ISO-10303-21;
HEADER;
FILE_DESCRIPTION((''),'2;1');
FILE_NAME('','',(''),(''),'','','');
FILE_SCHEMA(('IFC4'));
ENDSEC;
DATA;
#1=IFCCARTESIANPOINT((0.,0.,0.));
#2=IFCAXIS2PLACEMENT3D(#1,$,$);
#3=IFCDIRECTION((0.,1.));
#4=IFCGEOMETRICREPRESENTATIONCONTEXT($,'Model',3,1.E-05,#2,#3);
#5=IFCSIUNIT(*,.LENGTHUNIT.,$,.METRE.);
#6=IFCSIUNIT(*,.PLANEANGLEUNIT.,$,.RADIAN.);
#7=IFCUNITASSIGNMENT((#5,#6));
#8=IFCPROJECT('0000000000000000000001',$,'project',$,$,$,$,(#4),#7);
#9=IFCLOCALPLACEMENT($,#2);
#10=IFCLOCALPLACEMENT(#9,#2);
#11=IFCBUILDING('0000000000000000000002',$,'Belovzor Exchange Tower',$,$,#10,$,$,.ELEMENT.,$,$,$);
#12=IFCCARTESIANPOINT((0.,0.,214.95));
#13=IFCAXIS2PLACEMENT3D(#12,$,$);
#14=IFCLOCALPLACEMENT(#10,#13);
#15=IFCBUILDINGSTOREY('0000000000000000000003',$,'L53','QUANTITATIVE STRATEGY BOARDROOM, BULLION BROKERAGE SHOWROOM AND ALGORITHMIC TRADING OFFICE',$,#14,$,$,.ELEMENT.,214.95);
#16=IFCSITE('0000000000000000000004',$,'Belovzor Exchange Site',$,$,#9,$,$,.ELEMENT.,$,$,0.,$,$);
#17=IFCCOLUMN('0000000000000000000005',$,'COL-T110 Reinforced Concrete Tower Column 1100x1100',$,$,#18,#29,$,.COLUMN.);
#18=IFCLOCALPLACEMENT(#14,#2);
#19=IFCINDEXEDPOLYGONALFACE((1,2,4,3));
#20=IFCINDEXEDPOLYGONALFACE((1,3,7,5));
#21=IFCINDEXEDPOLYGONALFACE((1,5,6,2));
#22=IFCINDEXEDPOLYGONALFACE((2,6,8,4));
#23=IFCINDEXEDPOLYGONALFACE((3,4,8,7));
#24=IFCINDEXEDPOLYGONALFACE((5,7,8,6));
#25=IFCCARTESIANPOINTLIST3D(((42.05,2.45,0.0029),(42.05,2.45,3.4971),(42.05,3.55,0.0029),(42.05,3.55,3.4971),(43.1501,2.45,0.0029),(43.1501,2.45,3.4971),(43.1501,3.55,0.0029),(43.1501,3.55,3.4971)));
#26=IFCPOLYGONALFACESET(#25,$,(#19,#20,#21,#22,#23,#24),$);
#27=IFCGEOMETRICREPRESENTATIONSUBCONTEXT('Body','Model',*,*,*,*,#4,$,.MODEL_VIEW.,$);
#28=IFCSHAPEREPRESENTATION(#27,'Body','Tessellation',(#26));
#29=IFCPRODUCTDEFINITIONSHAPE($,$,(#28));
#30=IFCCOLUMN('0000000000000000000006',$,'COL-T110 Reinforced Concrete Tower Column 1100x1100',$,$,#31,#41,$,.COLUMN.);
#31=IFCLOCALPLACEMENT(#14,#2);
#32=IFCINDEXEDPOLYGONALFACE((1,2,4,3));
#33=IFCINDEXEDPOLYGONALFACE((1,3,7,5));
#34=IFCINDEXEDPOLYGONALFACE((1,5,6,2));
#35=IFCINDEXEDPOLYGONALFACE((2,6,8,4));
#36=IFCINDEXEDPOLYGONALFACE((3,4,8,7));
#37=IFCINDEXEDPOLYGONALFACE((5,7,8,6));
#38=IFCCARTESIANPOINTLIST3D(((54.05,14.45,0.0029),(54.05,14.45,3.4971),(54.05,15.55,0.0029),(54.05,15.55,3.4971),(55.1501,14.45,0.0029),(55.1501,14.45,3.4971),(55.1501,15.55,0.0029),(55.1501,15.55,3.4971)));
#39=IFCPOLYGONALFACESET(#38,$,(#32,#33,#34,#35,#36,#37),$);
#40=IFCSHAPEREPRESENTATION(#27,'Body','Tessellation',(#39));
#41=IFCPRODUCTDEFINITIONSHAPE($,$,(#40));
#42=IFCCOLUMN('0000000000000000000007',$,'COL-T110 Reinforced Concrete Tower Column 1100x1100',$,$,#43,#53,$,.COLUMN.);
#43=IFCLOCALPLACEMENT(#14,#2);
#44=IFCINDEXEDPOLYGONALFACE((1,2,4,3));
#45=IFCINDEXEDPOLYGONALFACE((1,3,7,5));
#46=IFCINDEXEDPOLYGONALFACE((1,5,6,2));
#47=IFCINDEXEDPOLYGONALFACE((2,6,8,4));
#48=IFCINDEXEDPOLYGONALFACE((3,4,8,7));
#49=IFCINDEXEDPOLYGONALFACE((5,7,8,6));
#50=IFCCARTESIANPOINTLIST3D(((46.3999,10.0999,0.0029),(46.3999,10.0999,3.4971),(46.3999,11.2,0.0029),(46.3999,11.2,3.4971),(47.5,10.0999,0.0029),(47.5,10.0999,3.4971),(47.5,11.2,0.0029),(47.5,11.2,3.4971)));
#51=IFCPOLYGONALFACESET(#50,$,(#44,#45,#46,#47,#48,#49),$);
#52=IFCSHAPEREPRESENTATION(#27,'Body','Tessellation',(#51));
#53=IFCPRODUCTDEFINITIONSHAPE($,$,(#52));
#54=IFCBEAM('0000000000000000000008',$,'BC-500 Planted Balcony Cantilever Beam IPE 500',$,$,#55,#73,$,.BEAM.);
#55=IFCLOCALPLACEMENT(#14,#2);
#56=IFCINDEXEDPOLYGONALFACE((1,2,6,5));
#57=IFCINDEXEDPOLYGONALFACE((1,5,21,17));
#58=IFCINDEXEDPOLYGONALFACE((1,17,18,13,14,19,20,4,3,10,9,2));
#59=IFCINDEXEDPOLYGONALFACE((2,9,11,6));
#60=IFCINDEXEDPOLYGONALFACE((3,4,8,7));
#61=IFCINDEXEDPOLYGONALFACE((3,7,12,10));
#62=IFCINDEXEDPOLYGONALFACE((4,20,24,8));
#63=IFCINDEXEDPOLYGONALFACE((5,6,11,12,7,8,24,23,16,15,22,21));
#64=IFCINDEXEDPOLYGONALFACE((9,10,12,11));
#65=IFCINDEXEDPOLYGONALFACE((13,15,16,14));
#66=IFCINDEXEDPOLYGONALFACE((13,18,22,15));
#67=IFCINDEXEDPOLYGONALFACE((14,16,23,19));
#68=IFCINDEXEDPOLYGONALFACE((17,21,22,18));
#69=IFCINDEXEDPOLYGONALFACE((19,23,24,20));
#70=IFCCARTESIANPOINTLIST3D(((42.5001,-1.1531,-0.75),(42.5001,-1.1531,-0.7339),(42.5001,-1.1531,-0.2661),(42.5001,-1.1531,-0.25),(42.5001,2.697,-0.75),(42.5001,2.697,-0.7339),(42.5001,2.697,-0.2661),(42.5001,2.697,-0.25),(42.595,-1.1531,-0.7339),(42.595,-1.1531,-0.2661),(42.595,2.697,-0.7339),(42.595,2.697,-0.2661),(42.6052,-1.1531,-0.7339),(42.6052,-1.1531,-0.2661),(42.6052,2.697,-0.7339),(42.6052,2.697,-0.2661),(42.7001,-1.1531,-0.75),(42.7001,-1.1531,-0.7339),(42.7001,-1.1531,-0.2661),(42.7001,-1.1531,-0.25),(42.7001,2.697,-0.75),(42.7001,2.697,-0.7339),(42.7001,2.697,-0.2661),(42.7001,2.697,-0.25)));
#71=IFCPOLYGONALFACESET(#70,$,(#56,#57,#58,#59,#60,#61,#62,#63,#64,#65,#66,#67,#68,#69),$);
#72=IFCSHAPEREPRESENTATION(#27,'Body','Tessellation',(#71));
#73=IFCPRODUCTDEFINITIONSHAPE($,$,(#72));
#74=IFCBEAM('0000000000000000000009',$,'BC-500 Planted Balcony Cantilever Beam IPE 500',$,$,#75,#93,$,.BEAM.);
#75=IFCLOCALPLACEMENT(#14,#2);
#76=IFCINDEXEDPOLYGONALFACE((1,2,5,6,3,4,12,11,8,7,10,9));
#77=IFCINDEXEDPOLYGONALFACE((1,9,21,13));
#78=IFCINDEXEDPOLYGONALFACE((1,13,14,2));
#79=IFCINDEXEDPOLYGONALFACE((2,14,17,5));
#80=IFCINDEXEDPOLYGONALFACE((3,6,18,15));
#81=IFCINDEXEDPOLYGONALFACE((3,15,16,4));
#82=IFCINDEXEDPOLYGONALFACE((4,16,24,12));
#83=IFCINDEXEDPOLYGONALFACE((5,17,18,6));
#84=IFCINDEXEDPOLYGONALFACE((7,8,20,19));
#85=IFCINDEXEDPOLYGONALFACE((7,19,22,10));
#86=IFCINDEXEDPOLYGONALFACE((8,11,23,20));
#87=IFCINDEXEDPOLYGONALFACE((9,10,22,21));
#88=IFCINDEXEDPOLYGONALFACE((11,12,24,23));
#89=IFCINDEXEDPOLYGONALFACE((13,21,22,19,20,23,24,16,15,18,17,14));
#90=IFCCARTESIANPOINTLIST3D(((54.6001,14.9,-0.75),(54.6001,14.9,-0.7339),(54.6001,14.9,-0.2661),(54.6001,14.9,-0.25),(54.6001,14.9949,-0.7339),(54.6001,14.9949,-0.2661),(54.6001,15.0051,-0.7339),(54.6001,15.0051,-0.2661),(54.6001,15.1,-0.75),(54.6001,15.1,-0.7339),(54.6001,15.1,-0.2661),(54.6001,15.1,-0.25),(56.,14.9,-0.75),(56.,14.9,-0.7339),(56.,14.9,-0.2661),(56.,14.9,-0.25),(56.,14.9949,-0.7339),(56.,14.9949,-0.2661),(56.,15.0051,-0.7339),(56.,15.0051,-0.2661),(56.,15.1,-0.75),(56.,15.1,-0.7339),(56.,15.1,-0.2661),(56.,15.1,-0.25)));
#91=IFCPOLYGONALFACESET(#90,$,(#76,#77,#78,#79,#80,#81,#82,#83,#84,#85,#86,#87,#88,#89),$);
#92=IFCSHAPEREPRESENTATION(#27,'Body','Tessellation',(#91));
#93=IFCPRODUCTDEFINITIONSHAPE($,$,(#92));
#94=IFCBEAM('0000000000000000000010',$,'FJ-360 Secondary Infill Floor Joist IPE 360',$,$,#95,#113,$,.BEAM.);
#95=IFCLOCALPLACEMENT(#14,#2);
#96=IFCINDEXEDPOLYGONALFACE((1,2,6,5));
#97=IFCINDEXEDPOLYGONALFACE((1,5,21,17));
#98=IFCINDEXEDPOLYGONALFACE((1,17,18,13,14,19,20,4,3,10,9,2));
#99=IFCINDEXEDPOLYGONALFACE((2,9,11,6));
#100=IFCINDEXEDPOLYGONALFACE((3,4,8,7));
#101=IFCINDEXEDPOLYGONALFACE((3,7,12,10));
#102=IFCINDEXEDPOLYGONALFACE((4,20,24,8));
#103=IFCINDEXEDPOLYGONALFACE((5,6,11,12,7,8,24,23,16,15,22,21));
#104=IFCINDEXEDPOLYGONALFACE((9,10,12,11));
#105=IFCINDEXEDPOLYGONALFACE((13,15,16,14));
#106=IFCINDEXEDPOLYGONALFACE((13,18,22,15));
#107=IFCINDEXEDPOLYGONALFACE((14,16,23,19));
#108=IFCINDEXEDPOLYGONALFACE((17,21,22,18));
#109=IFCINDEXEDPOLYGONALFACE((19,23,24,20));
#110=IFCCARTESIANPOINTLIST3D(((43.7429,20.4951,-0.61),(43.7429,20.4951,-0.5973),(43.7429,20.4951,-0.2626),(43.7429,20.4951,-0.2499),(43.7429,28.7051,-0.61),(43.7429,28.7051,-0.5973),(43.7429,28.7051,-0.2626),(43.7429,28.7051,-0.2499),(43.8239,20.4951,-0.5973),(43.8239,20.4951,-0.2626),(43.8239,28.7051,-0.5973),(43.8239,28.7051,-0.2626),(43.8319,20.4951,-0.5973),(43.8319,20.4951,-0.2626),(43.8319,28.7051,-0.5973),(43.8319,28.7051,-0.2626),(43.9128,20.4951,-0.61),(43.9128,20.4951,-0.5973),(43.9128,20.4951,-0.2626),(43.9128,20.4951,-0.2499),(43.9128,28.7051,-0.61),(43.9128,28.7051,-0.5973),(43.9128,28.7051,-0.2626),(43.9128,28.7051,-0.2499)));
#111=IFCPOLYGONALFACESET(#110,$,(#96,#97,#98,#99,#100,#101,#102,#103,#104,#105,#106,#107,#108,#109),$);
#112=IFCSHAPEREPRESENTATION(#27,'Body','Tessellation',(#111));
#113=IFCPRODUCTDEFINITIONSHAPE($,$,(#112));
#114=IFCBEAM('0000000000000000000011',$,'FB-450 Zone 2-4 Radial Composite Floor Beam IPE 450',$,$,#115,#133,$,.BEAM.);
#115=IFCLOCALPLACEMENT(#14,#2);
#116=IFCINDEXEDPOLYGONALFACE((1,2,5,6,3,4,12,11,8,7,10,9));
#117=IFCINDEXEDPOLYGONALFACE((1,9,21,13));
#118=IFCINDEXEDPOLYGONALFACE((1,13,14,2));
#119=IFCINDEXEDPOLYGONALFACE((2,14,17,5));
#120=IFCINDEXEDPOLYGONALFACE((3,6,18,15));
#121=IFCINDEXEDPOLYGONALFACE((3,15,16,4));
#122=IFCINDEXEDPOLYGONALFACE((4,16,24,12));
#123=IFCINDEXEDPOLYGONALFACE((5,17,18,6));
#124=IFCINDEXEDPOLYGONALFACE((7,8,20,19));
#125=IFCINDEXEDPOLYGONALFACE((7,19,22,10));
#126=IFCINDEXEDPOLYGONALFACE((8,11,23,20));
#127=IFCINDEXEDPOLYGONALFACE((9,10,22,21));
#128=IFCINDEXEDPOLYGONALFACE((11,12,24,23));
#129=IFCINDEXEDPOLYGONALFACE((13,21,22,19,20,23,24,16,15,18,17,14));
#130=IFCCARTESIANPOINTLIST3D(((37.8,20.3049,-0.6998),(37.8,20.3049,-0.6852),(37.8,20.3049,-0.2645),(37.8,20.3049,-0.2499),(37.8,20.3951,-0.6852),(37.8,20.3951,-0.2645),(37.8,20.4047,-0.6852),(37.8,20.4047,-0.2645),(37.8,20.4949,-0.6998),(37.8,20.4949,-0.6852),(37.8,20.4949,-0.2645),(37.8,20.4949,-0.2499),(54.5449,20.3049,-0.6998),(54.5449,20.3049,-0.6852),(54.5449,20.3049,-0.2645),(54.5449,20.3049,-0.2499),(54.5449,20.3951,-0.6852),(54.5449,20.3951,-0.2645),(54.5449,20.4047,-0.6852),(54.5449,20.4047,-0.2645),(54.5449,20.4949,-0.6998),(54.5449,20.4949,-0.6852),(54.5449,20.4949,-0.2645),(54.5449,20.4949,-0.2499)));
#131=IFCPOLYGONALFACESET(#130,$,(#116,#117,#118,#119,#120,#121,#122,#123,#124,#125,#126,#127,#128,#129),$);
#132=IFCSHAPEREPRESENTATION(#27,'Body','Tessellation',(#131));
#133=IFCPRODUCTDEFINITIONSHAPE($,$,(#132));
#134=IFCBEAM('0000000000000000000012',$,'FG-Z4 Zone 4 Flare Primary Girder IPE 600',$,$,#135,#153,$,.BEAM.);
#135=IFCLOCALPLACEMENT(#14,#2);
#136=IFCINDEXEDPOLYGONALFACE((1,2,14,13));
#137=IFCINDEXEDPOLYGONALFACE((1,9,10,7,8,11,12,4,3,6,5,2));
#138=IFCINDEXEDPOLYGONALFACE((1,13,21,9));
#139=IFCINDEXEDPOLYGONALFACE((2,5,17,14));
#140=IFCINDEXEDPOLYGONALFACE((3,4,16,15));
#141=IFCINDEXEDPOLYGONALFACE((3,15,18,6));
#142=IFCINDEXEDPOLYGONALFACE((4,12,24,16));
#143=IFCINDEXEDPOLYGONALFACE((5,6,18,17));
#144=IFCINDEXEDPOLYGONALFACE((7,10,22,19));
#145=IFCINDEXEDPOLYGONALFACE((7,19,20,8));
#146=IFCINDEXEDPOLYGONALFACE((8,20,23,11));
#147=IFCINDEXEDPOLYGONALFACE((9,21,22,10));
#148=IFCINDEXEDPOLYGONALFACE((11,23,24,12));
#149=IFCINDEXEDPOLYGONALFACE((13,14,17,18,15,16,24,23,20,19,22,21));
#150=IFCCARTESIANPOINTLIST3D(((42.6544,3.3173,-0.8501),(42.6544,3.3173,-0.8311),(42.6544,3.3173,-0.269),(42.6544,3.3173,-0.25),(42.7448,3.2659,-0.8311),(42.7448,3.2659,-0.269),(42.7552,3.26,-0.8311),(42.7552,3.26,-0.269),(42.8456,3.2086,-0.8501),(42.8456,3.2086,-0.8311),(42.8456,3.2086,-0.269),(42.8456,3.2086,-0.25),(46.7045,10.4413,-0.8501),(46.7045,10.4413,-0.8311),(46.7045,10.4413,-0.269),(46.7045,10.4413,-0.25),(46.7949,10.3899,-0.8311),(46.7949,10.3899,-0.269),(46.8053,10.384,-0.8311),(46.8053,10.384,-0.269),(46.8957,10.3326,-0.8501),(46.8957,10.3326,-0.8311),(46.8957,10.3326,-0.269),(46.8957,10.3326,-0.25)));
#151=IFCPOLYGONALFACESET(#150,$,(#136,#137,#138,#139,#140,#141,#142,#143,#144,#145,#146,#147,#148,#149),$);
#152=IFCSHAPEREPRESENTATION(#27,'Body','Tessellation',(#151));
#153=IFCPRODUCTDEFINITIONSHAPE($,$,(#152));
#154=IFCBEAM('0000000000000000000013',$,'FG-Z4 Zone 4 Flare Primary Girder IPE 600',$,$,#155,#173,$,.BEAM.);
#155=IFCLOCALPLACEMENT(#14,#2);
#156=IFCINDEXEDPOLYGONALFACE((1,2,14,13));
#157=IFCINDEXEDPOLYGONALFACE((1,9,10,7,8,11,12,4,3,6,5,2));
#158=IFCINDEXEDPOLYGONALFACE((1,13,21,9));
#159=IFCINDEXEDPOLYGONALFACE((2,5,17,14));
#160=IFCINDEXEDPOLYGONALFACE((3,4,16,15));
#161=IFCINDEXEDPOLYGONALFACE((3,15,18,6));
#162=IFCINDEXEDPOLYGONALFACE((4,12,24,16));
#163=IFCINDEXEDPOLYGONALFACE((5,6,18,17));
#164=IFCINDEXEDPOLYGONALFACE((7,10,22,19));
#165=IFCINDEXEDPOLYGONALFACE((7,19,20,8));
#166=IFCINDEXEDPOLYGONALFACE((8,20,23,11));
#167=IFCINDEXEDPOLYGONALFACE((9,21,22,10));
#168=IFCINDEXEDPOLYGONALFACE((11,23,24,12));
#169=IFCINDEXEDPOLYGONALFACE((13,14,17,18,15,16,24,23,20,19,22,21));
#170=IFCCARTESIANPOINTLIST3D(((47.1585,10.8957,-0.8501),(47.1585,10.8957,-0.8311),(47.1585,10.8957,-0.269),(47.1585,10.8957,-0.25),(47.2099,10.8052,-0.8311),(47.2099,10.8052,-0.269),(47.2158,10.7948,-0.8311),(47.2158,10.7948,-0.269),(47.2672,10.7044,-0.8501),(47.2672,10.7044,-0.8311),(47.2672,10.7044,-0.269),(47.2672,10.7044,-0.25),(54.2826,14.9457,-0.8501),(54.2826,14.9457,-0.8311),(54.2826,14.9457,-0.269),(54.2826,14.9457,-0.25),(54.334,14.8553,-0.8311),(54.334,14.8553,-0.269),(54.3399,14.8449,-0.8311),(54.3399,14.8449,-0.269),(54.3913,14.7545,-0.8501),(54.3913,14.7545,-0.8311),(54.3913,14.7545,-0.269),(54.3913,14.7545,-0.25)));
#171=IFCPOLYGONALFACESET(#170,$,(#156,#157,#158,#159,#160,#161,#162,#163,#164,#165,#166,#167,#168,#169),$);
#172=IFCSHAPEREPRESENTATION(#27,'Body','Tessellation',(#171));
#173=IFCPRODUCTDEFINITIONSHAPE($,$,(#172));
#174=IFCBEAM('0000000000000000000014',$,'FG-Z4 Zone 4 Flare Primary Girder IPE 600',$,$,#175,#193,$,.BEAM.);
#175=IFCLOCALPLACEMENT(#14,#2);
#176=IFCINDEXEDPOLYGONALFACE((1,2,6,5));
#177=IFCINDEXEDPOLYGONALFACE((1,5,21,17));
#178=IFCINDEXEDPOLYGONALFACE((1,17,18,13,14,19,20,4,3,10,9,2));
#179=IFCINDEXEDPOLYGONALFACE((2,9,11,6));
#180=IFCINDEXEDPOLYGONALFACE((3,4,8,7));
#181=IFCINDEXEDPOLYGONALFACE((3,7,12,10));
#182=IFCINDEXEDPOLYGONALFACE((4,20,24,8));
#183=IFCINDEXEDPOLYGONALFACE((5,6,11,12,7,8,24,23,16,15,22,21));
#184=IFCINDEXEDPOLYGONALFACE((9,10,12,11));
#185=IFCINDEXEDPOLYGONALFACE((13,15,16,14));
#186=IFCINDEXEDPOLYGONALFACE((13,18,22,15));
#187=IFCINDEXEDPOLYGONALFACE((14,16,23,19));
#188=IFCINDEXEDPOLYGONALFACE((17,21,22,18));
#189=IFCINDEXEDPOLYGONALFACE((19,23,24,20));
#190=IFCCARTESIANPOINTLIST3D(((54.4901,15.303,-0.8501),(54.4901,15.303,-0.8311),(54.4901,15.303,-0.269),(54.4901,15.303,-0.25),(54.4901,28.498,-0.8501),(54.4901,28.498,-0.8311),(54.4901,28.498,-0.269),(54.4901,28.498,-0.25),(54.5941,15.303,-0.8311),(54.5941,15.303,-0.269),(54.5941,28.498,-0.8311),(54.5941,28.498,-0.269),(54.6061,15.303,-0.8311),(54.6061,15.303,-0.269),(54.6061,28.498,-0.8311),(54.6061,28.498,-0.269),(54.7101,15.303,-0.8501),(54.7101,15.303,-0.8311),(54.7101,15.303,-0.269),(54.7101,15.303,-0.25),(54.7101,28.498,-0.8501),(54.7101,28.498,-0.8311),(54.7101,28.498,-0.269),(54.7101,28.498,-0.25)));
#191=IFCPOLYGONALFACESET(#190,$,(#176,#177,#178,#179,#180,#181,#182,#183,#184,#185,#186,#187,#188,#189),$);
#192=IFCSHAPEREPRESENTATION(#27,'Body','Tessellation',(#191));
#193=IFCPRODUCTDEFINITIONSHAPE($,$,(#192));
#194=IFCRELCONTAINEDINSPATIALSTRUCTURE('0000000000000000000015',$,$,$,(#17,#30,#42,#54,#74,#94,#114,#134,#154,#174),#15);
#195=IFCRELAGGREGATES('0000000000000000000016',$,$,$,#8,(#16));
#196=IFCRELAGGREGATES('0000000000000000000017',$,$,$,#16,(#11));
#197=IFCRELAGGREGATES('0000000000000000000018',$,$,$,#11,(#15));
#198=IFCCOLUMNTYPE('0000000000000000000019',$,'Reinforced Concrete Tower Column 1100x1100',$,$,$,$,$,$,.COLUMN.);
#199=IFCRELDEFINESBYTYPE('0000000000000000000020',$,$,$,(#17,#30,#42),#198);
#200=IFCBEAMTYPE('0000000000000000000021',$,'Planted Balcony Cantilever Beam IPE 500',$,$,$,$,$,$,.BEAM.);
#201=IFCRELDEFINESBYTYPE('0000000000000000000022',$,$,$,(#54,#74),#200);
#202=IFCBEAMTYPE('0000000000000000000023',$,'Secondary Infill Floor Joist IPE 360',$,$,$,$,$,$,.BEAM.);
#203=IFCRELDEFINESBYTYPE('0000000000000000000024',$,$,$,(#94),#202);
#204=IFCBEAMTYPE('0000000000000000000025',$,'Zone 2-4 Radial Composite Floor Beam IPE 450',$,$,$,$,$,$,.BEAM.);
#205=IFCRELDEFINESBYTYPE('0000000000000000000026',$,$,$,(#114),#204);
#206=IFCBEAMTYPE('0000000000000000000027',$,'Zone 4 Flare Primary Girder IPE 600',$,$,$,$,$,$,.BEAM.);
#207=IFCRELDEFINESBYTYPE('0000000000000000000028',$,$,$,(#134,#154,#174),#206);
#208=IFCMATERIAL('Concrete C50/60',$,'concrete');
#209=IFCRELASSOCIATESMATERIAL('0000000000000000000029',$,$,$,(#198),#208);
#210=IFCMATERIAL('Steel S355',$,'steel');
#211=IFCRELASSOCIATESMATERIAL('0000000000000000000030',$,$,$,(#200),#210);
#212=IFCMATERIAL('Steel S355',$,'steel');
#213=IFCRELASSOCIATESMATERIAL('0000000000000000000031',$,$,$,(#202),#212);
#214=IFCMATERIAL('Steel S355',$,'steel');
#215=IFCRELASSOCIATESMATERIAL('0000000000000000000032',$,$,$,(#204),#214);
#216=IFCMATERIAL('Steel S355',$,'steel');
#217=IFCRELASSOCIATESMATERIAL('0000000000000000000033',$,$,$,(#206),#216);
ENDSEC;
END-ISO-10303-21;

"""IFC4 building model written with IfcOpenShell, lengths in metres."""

from ifc_helpers import new_model, si_unit, direction, frame, origin, origin_2d, place, context, subcontext, project, spatial, rectangle, i_section, extrude, material, material_profile, profile_set, type_object, element, save


model = new_model("IFC4")

# Units and contexts
model_context = context("Model", 3, precision=1e-05, world=origin(), true_north=direction((0.0, 1.0)))
body_context = subcontext(model_context, "Body", "Model", "MODEL_VIEW")
ifc_project = project(units=[si_unit("LENGTHUNIT", "METRE"), si_unit("PLANEANGLEUNIT", "RADIAN")], contexts=[model_context])

# Site, building, storey
site_placement = place(None, origin())
site = spatial("IfcSite", under=ifc_project, at=site_placement, Name="Belovzor Exchange Site", CompositionType="ELEMENT", RefElevation=0.0)
building_placement = place(site_placement, origin())
building = spatial("IfcBuilding", under=site, at=building_placement, Name="Belovzor Exchange Tower", CompositionType="ELEMENT")
storey_placement = place(building_placement, frame((0.0, 0.0, 214.95)))
storey = spatial("IfcBuildingStorey", under=building, at=storey_placement, Name="L53", Description="QUANTITATIVE STRATEGY BOARDROOM, BULLION BROKERAGE SHOWROOM AND ALGORITHMIC TRADING OFFICE", CompositionType="ELEMENT", Elevation=214.95)

# Columns
ifc_material_1 = material(Name="Concrete C50/60", Category="concrete")
ifc_material_profile_1 = material_profile(ifc_material_1, rectangle(XDim=1.1001, YDim=1.1001, at=origin_2d()))
ifc_profile_set_1 = profile_set([ifc_material_profile_1], Name="Concrete C50/60")
column_type = type_object("IfcColumnType", Name="Reinforced Concrete Tower Column 1100x1100", PredefinedType="COLUMN", material=ifc_profile_set_1)
for number, where, z_axis, x_axis, name in (
    (1, (42.6001, 3.0, 0.0029), (0.0, 0.0, 1.0), (1.0, 0.0, 0.0), "COL-T110 Reinforced Concrete Tower Column 1100x1100"),
    (2, (54.6001, 15.0, 0.0029), (0.0, 0.0, 1.0), (1.0, 0.0, 0.0), "COL-T110 Reinforced Concrete Tower Column 1100x1100"),
    (3, (46.95, 10.6499, 0.0029), (0.0, 0.0, 1.0), (1.0, 0.0, 0.0), "COL-T110 Reinforced Concrete Tower Column 1100x1100"),
):
    element("IfcColumn", number, at=place(storey_placement, frame(where, z_axis=z_axis, x_axis=x_axis)), inside=storey, type_object=column_type, Name=name, PredefinedType="COLUMN", context=body_context, shape_type="SweptSolid", body=[
        extrude(rectangle(XDim=1.1001, YDim=1.1001, at=origin_2d()), origin(), (0.0, 0.0, 1.0), 3.4941),
    ])

# Beams
ifc_material_2 = material(Name="Steel S355", Category="steel")
ifc_material_profile_2 = material_profile(ifc_material_2, i_section(OverallWidth=0.2, OverallDepth=0.5, WebThickness=0.0103, FlangeThickness=0.0161, at=origin_2d()))
ifc_profile_set_2 = profile_set([ifc_material_profile_2], Name="Steel S355")
beam_type_1 = type_object("IfcBeamType", Name="Planted Balcony Cantilever Beam IPE 500", PredefinedType="BEAM", material=ifc_profile_set_2)
beam_1_placement = place(storey_placement, frame((42.6001, 2.697, -0.5), z_axis=(0.0, -1.0, 0.0), x_axis=(1.0, 0.0, 0.0)))
element("IfcBeam", 4, at=beam_1_placement, inside=storey, type_object=beam_type_1, Name="BC-500 Planted Balcony Cantilever Beam IPE 500", PredefinedType="BEAM", context=body_context, shape_type="SweptSolid", body=[
    extrude(i_section(OverallWidth=0.2, OverallDepth=0.5, WebThickness=0.0103, FlangeThickness=0.0161, at=origin_2d()), origin(), (0.0, 0.0, 1.0), 3.8501),
])
beam_2_placement = place(storey_placement, frame((54.6001, 15.0, -0.5), z_axis=(1.0, 0.0, 0.0), x_axis=(0.0, 1.0, 0.0)))
element("IfcBeam", 5, at=beam_2_placement, inside=storey, type_object=beam_type_1, Name="BC-500 Planted Balcony Cantilever Beam IPE 500", PredefinedType="BEAM", context=body_context, shape_type="SweptSolid", body=[
    extrude(i_section(OverallWidth=0.2, OverallDepth=0.5, WebThickness=0.0103, FlangeThickness=0.0161, at=origin_2d()), origin(), (0.0, 0.0, 1.0), 1.3999),
])
ifc_material_3 = material(Name="Steel S355", Category="steel")
ifc_material_profile_3 = material_profile(ifc_material_3, i_section(OverallWidth=0.1699, OverallDepth=0.3601, WebThickness=0.0081, FlangeThickness=0.0127, at=origin_2d()))
ifc_profile_set_3 = profile_set([ifc_material_profile_3], Name="Steel S355")
beam_type_2 = type_object("IfcBeamType", Name="Secondary Infill Floor Joist IPE 360", PredefinedType="BEAM", material=ifc_profile_set_3)
beam_3_placement = place(storey_placement, frame((43.8279, 20.4951, -0.4299), z_axis=(0.0, 1.0, 0.0), x_axis=(-1.0, 0.0, 0.0)))
element("IfcBeam", 6, at=beam_3_placement, inside=storey, type_object=beam_type_2, Name="FJ-360 Secondary Infill Floor Joist IPE 360", PredefinedType="BEAM", context=body_context, shape_type="SweptSolid", body=[
    extrude(i_section(OverallWidth=0.1699, OverallDepth=0.3601, WebThickness=0.0081, FlangeThickness=0.0127, at=origin_2d()), origin(), (0.0, 0.0, 1.0), 8.21),
])
ifc_material_4 = material(Name="Steel S355", Category="steel")
ifc_material_profile_4 = material_profile(ifc_material_4, i_section(OverallWidth=0.1899, OverallDepth=0.45, WebThickness=0.0095, FlangeThickness=0.0146, at=origin_2d()))
ifc_profile_set_4 = profile_set([ifc_material_profile_4], Name="Steel S355")
beam_type_3 = type_object("IfcBeamType", Name="Zone 2-4 Radial Composite Floor Beam IPE 450", PredefinedType="BEAM", material=ifc_profile_set_4)
beam_4_placement = place(storey_placement, frame((37.8, 20.3999, -0.4749), z_axis=(1.0, 0.0, 0.0), x_axis=(0.0, 1.0, 0.0)))
element("IfcBeam", 7, at=beam_4_placement, inside=storey, type_object=beam_type_3, Name="FB-450 Zone 2-4 Radial Composite Floor Beam IPE 450", PredefinedType="BEAM", context=body_context, shape_type="SweptSolid", body=[
    extrude(i_section(OverallWidth=0.1899, OverallDepth=0.45, WebThickness=0.0095, FlangeThickness=0.0146, at=origin_2d()), origin(), (0.0, 0.0, 1.0), 16.7449),
])
ifc_material_5 = material(Name="Steel S355", Category="steel")
ifc_material_profile_5 = material_profile(ifc_material_5, i_section(OverallWidth=0.22, OverallDepth=0.6001, WebThickness=0.012, FlangeThickness=0.019, at=origin_2d()))
ifc_profile_set_5 = profile_set([ifc_material_profile_5], Name="Steel S355")
beam_type_4 = type_object("IfcBeamType", Name="Zone 4 Flare Primary Girder IPE 600", PredefinedType="BEAM", material=ifc_profile_set_5)
for number, where, z_axis, x_axis, name in (
    (8, (42.75, 3.2629, -0.55), (0.494222, 0.869336, 0.0), (-0.869336, 0.494222, 0.0), "FG-Z4 Zone 4 Flare Primary Girder IPE 600"),
    (9, (47.2129, 10.8, -0.55), (0.869336, 0.494222, 0.0), (-0.494222, 0.869336, 0.0), "FG-Z4 Zone 4 Flare Primary Girder IPE 600"),
):
    element("IfcBeam", number, at=place(storey_placement, frame(where, z_axis=z_axis, x_axis=x_axis)), inside=storey, type_object=beam_type_4, Name=name, PredefinedType="BEAM", context=body_context, shape_type="SweptSolid", body=[
        extrude(i_section(OverallWidth=0.22, OverallDepth=0.6001, WebThickness=0.012, FlangeThickness=0.019, at=origin_2d()), origin(), (0.0, 0.0, 1.0), 8.1948),
    ])
beam_5_placement = place(storey_placement, frame((54.6001, 15.303, -0.55), z_axis=(0.0, 1.0, 0.0), x_axis=(-1.0, 0.0, 0.0)))
element("IfcBeam", 10, at=beam_5_placement, inside=storey, type_object=beam_type_4, Name="FG-Z4 Zone 4 Flare Primary Girder IPE 600", PredefinedType="BEAM", context=body_context, shape_type="SweptSolid", body=[
    extrude(i_section(OverallWidth=0.22, OverallDepth=0.6001, WebThickness=0.012, FlangeThickness=0.019, at=origin_2d()), origin(), (0.0, 0.0, 1.0), 13.1951),
])

save(model, "model.ifc")
